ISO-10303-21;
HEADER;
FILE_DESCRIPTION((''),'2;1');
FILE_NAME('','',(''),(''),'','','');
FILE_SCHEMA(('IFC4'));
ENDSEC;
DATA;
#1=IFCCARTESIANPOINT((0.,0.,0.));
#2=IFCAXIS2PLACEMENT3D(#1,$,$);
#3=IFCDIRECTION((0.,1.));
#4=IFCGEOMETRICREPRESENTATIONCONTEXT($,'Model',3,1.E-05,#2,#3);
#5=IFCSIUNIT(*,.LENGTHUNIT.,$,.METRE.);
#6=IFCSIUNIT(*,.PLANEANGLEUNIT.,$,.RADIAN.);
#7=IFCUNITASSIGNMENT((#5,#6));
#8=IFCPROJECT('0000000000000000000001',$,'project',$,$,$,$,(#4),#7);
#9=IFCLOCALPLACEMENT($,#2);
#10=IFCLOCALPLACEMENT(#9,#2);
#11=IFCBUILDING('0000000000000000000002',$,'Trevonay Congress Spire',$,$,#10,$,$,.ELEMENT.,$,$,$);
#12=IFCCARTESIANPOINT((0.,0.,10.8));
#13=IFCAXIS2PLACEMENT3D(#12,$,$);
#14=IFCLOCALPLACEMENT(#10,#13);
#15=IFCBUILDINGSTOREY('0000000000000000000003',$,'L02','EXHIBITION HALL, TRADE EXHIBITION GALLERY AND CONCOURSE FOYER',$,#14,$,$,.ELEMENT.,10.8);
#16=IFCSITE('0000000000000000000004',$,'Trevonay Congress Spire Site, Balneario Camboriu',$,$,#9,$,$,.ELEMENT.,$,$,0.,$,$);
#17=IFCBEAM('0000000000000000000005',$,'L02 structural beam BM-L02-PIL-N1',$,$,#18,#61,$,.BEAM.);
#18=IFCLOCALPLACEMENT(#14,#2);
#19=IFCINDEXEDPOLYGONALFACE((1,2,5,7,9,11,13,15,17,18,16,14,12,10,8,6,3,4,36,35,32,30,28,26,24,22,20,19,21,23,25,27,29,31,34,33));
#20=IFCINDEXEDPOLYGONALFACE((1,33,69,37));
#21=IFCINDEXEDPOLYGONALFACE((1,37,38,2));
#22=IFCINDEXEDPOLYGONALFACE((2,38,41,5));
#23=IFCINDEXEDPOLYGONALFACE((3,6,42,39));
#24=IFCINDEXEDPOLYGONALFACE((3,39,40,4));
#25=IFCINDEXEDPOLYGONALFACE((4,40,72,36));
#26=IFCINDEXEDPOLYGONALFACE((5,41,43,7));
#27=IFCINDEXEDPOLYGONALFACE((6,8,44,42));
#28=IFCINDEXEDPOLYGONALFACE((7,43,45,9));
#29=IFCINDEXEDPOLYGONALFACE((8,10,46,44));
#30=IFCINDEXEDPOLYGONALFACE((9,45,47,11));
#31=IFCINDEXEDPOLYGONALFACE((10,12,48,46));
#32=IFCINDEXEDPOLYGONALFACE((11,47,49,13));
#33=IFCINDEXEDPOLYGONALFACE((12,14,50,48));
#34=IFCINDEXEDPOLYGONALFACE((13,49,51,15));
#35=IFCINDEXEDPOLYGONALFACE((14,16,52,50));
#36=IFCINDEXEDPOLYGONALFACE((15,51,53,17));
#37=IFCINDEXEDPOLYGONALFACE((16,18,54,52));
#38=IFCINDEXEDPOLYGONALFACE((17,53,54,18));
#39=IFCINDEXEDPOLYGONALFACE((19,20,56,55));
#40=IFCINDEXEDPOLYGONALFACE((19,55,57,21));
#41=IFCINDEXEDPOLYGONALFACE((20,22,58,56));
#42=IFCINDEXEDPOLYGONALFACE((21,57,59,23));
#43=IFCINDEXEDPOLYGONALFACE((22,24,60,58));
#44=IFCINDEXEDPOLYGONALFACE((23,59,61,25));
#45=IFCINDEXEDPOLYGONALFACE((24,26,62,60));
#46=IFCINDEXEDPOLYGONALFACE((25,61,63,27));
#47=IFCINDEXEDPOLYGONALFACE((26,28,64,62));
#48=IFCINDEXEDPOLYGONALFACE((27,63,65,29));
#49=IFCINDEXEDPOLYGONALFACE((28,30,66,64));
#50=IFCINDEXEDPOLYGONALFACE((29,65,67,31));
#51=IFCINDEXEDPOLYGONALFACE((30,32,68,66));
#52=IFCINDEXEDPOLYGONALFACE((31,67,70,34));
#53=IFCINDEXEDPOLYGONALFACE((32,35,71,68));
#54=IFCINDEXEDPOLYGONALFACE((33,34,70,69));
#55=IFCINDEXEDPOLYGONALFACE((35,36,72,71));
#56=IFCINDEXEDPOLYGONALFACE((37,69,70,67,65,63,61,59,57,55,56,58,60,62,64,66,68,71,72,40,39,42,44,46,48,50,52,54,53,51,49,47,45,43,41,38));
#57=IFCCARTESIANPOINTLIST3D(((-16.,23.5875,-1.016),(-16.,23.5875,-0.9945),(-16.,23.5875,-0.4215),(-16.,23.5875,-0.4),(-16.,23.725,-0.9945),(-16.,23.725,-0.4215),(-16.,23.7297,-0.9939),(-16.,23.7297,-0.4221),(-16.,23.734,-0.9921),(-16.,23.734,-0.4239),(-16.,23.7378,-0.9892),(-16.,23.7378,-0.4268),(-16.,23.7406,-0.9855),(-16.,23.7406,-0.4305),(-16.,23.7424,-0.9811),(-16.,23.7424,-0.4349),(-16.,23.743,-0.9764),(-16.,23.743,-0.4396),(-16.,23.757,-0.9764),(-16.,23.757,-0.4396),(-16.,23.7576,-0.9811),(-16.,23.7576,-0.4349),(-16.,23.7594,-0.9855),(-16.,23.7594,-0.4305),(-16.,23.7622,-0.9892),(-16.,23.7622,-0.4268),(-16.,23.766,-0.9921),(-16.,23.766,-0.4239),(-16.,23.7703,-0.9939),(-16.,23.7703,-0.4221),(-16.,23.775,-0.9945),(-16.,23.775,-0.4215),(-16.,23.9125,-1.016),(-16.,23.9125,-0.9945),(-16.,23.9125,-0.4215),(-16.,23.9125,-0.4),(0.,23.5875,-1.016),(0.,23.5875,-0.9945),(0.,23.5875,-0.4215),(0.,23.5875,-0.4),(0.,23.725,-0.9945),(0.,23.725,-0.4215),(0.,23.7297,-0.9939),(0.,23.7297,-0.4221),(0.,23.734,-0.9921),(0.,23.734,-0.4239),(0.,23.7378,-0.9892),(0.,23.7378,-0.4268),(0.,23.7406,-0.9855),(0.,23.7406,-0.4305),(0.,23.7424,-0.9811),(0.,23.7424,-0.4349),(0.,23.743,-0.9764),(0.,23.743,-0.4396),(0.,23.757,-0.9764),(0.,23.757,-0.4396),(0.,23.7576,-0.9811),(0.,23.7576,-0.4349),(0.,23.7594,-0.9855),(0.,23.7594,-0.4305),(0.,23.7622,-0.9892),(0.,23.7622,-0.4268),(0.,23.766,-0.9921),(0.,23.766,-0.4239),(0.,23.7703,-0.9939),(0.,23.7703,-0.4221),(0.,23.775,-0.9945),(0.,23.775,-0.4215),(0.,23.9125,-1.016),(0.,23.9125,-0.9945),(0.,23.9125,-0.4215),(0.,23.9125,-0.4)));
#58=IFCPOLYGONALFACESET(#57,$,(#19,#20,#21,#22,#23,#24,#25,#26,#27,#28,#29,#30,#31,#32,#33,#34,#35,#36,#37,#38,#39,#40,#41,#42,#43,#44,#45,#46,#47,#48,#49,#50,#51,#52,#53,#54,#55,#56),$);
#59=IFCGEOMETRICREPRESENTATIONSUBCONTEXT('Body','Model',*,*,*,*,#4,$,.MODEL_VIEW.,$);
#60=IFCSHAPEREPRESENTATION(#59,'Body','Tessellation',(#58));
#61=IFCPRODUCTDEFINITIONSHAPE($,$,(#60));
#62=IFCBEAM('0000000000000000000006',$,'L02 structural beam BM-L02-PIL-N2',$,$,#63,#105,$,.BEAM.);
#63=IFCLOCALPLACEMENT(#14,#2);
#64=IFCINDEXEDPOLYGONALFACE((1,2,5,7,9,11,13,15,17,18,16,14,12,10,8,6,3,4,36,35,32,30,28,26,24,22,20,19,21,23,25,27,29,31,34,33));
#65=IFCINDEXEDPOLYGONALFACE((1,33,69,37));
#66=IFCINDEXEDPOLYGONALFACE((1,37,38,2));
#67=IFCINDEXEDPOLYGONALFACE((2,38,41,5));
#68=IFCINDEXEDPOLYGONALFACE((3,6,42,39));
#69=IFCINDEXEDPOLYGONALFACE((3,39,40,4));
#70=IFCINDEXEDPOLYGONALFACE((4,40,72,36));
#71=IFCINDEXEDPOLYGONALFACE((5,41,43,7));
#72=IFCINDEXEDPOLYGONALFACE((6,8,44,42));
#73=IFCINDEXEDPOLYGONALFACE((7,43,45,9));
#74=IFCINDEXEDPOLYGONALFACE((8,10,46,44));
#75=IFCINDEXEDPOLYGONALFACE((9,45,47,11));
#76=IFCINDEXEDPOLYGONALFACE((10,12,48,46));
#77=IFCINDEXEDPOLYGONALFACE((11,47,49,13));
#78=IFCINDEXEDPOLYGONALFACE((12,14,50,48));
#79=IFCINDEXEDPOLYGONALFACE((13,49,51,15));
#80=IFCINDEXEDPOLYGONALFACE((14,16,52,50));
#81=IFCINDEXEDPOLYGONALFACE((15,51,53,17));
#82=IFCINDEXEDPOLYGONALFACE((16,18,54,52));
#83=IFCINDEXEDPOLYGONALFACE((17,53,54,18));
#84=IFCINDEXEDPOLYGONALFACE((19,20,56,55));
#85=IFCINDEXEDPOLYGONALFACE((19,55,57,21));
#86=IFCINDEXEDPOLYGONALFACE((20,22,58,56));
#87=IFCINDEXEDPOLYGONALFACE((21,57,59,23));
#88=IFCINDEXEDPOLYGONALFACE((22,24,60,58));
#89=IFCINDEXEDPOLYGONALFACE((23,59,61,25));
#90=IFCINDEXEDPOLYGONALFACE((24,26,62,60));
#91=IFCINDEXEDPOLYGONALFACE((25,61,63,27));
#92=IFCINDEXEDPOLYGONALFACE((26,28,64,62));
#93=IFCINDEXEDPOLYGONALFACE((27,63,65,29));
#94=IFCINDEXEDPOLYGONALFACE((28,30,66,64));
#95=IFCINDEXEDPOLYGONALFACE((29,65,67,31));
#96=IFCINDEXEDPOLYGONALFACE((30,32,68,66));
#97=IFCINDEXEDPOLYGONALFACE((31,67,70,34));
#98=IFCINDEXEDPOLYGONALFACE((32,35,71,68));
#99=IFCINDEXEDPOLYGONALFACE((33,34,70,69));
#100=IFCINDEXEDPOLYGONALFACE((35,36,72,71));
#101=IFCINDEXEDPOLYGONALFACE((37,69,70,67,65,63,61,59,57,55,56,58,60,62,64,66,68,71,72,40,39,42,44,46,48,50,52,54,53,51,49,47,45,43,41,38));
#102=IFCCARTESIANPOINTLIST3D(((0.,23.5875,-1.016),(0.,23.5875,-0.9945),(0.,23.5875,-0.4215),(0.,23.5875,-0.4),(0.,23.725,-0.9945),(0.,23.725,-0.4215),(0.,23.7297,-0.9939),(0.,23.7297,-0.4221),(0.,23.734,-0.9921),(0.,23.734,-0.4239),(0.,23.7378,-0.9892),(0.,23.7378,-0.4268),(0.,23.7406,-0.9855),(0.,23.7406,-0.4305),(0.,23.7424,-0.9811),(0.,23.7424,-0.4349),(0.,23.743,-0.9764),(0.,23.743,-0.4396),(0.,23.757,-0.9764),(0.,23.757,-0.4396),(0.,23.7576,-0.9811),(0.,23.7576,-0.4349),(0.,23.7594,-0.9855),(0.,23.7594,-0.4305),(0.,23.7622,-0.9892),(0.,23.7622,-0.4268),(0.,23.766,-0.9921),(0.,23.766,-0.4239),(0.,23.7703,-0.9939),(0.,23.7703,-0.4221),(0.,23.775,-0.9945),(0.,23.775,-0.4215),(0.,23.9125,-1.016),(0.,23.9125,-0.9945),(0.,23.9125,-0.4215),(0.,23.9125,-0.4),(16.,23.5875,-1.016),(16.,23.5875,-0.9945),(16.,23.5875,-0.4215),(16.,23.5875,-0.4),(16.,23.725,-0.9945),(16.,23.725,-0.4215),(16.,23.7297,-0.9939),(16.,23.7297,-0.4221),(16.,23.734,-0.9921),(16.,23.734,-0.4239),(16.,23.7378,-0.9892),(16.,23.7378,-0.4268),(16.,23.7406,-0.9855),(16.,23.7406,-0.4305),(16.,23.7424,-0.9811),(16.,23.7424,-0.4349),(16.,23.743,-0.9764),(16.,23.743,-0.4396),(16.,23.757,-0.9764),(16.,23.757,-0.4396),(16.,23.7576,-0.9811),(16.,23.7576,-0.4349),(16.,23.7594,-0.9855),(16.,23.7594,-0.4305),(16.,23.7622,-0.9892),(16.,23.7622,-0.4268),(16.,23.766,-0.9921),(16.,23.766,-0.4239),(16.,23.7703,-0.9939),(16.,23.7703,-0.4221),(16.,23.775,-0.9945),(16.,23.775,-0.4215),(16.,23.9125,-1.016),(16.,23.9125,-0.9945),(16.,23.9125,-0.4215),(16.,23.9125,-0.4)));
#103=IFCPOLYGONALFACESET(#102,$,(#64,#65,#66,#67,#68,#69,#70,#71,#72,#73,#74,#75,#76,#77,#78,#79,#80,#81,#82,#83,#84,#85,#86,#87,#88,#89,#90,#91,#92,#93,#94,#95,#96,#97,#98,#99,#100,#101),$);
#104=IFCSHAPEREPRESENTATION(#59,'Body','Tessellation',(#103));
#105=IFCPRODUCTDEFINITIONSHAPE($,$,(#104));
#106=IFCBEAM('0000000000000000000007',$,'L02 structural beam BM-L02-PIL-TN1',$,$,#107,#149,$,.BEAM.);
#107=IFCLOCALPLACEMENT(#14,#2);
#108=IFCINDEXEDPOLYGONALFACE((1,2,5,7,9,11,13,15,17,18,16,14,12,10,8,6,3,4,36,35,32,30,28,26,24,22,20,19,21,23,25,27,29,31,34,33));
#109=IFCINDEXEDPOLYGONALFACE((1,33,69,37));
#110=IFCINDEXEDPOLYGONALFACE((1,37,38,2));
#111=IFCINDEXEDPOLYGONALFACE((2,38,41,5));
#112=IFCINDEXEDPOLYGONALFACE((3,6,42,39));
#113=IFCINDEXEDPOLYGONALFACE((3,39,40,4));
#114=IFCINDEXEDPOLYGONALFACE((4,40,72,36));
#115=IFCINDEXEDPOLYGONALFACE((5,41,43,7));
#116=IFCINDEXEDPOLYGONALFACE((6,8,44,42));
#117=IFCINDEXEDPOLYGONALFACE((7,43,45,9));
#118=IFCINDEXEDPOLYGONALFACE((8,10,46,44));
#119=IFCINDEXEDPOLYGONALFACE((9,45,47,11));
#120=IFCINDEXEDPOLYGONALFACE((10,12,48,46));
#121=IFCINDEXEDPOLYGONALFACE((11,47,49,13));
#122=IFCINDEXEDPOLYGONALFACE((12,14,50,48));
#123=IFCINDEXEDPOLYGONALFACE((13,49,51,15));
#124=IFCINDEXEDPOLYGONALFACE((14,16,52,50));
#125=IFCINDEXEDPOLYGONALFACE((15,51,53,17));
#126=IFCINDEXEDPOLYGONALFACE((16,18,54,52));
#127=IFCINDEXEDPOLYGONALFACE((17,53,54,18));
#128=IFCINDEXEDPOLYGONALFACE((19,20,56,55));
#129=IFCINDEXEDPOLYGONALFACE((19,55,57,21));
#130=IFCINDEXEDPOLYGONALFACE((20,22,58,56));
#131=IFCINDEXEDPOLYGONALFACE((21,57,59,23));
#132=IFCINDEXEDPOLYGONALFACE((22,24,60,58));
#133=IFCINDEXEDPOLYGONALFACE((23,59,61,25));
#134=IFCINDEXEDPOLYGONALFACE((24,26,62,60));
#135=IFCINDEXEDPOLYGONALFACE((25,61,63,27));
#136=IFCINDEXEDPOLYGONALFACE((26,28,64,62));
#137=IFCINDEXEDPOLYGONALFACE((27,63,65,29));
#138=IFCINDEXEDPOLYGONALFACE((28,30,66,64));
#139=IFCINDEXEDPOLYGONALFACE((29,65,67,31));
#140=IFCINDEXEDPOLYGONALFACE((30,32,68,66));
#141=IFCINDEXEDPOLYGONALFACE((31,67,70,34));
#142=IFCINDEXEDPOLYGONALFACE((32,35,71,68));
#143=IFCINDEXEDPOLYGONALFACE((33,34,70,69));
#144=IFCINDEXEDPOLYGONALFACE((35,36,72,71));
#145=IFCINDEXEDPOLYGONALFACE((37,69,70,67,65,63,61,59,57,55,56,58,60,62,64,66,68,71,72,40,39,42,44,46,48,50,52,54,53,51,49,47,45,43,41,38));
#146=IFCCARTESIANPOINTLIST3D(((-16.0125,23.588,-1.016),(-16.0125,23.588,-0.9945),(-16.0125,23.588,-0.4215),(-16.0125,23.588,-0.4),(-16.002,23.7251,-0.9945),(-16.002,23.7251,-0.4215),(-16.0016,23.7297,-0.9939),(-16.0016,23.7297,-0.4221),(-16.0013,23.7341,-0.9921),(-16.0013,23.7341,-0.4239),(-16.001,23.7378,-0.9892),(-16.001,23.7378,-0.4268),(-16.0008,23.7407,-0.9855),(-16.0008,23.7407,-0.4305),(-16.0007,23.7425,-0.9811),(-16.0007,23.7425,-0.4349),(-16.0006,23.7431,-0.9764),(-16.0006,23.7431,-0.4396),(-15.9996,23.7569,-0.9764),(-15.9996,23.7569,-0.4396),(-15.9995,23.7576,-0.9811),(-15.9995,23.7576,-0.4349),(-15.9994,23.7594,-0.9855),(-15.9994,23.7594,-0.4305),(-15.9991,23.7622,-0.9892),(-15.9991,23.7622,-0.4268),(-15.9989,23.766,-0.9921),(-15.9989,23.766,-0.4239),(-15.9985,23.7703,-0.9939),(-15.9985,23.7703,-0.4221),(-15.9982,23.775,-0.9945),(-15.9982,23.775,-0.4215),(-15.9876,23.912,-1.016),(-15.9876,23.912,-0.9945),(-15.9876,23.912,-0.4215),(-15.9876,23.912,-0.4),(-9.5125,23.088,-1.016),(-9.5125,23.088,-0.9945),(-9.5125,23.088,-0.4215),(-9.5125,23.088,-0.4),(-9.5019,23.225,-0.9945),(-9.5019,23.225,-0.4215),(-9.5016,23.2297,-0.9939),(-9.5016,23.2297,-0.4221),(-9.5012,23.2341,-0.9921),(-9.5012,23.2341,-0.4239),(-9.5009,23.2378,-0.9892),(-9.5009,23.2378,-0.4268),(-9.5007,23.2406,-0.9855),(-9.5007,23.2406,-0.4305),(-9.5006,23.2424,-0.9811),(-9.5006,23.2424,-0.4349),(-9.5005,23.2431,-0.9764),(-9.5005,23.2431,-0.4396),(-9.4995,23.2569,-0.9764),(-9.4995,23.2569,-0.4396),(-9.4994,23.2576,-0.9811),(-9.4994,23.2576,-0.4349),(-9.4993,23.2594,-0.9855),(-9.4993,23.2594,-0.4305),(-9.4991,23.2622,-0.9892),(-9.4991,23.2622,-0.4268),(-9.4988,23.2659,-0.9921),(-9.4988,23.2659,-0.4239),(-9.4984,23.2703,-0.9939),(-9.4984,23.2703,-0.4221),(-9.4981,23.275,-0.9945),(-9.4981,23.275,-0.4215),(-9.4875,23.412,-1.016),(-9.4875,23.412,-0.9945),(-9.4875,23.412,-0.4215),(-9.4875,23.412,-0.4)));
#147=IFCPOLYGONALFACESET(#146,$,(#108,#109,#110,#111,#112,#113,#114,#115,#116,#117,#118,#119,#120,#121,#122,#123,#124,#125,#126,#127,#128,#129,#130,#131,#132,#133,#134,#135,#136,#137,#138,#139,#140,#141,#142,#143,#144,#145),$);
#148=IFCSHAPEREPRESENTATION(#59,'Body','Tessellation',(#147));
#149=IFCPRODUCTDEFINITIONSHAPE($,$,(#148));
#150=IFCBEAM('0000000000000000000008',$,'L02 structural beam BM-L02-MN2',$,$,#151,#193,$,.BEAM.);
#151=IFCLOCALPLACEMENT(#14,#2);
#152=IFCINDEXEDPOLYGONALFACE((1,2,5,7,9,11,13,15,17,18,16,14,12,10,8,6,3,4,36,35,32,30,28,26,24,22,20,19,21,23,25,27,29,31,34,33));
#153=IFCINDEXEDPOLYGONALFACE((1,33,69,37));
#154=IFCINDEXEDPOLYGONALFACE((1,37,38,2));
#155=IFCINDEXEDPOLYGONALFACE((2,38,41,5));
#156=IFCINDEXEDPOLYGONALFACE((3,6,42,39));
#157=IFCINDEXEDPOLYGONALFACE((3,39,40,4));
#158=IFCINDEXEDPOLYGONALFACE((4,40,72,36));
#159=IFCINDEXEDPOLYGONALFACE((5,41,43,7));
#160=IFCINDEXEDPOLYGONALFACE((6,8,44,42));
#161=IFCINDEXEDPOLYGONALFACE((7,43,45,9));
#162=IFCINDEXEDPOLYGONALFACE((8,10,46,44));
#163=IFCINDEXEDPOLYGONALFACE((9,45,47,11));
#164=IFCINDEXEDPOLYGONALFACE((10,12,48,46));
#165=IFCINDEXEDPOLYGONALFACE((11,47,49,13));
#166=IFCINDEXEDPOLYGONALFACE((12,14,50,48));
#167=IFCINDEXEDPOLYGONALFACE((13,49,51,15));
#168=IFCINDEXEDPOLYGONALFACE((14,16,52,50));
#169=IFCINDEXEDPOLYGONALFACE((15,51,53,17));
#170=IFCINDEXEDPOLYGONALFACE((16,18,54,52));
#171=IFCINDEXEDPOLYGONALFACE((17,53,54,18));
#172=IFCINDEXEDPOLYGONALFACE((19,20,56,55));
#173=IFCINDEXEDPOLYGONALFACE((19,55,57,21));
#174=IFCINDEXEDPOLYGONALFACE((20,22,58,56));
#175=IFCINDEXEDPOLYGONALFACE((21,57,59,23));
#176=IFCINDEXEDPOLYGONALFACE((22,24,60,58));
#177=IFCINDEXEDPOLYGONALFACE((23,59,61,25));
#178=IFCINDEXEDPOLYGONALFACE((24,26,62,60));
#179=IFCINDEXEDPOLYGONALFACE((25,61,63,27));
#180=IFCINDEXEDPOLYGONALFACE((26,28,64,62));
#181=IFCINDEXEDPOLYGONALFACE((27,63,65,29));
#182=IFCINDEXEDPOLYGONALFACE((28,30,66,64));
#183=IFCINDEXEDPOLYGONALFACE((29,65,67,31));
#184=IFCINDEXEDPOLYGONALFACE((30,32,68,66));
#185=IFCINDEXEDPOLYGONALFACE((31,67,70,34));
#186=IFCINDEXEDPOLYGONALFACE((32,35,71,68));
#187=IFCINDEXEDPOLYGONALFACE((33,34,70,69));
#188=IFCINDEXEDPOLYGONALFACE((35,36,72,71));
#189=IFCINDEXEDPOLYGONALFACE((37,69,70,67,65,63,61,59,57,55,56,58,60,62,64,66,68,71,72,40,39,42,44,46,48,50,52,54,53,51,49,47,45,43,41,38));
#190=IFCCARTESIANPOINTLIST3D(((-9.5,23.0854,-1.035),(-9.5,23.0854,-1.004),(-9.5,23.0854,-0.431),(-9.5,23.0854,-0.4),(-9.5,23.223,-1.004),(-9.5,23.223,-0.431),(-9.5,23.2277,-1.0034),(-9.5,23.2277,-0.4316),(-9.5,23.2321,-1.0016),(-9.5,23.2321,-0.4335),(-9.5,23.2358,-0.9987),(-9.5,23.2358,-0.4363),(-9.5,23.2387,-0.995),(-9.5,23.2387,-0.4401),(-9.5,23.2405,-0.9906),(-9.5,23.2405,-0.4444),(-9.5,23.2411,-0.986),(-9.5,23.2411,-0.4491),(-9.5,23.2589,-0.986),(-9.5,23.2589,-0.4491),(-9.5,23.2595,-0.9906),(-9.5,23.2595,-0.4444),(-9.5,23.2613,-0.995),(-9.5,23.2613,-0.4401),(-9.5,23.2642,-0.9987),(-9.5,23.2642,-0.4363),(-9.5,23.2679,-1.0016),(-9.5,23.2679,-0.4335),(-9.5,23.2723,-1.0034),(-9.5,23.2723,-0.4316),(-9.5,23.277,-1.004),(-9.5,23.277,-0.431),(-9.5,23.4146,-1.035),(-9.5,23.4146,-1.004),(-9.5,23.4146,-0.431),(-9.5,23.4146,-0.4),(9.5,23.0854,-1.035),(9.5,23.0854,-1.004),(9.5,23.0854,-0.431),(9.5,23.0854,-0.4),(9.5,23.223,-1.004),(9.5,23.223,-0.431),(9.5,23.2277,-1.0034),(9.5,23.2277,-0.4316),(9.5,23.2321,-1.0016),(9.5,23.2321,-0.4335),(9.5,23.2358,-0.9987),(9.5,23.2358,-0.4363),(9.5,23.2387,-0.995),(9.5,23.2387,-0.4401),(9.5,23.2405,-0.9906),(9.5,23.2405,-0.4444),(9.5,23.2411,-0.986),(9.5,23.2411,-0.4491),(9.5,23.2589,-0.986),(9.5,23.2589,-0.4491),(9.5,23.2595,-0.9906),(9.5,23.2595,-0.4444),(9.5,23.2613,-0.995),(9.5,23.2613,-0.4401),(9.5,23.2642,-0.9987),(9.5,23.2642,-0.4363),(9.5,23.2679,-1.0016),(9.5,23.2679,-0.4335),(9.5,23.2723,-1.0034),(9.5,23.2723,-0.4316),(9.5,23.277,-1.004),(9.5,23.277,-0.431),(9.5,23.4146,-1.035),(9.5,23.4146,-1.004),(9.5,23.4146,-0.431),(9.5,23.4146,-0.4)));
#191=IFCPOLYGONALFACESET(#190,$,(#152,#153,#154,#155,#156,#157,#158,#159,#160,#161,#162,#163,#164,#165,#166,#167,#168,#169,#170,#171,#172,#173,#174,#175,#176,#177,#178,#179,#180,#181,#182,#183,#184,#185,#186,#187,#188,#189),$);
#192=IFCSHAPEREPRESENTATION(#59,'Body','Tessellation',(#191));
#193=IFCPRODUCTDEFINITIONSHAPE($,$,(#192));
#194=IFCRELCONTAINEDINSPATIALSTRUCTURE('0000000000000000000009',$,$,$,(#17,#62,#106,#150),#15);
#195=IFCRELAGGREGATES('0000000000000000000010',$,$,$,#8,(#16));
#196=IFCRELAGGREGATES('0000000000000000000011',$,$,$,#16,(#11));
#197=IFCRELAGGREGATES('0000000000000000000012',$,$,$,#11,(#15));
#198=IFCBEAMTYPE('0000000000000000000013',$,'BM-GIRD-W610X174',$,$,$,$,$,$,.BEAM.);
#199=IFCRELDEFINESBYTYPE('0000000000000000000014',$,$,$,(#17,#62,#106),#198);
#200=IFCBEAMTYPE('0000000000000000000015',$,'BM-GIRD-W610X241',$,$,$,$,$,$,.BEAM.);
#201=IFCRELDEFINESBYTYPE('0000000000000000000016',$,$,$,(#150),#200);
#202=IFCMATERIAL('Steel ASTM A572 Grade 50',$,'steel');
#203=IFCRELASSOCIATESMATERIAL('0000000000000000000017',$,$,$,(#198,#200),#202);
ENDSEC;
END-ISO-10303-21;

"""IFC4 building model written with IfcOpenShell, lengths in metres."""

from ifc_helpers import new_model, si_unit, direction, frame, origin, origin_2d, place, context, subcontext, project, spatial, i_section, extrude, material, material_profile, profile_set, type_object, element, save


model = new_model("IFC4")

# Units and contexts
model_context = context("Model", 3, precision=1e-05, world=origin(), true_north=direction((0.0, 1.0)))
body_context = subcontext(model_context, "Body", "Model", "MODEL_VIEW")
ifc_project = project(units=[si_unit("LENGTHUNIT", "METRE"), si_unit("PLANEANGLEUNIT", "RADIAN")], contexts=[model_context])

# Site, building, storey
site_placement = place(None, origin())
site = spatial("IfcSite", under=ifc_project, at=site_placement, Name="Trevonay Congress Spire Site, Balneario Camboriu", CompositionType="ELEMENT", RefElevation=0.0)
building_placement = place(site_placement, origin())
building = spatial("IfcBuilding", under=site, at=building_placement, Name="Trevonay Congress Spire", CompositionType="ELEMENT")
storey_placement = place(building_placement, frame((0.0, 0.0, 10.8)))
storey = spatial("IfcBuildingStorey", under=building, at=storey_placement, Name="L02", Description="EXHIBITION HALL, TRADE EXHIBITION GALLERY AND CONCOURSE FOYER", CompositionType="ELEMENT", Elevation=10.8)

# Shared definitions
ifc_material_1 = material(Name="Steel ASTM A572 Grade 50", Category="steel")

# Beams
ifc_material_profile_1 = material_profile(ifc_material_1, i_section(OverallWidth=0.325, OverallDepth=0.616, WebThickness=0.0139, FlangeThickness=0.0215, FilletRadius=0.0181, at=origin_2d()), Name="W610x174")
ifc_profile_set_1 = profile_set([ifc_material_profile_1], Name="Steel ASTM A572 Grade 50")
beam_type_1 = type_object("IfcBeamType", Name="BM-GIRD-W610X174", PredefinedType="BEAM", material=ifc_profile_set_1)
for number, where, z_axis, x_axis, name in (
    (1, (-16.0, 23.75, -0.708), (1.0, 0.0, 0.0), (0.0, 1.0, 0.0), "L02 structural beam BM-L02-PIL-N1"),
    (2, (0.0, 23.75, -0.708), (1.0, 0.0, 0.0), (0.0, 1.0, 0.0), "L02 structural beam BM-L02-PIL-N2"),
):
    element("IfcBeam", number, at=place(storey_placement, frame(where, z_axis=z_axis, x_axis=x_axis)), inside=storey, type_object=beam_type_1, Name=name, PredefinedType="BEAM", context=body_context, shape_type="SweptSolid", body=[
        extrude(i_section(OverallWidth=0.325, OverallDepth=0.616, WebThickness=0.0139, FlangeThickness=0.0215, FilletRadius=0.0181, at=origin_2d()), origin(), (0.0, 0.0, 1.0), 16.0),
    ])
beam_1_placement = place(storey_placement, frame((-9.5, 23.25, -0.708), z_axis=(-0.997054, 0.076696, 0.0), x_axis=(-0.076696, -0.997054, 0.0)))
element("IfcBeam", 3, at=beam_1_placement, inside=storey, type_object=beam_type_1, Name="L02 structural beam BM-L02-PIL-TN1", PredefinedType="BEAM", context=body_context, shape_type="SweptSolid", body=[
    extrude(i_section(OverallWidth=0.325, OverallDepth=0.616, WebThickness=0.0139, FlangeThickness=0.0215, FilletRadius=0.0181, at=origin_2d()), origin(), (0.0, 0.0, 1.0), 6.5193),
])
ifc_material_profile_2 = material_profile(ifc_material_1, i_section(OverallWidth=0.3291, OverallDepth=0.635, WebThickness=0.0178, FlangeThickness=0.031, FilletRadius=0.0181, at=origin_2d()), Name="W610x241")
ifc_profile_set_2 = profile_set([ifc_material_profile_2], Name="Steel ASTM A572 Grade 50")
beam_type_2 = type_object("IfcBeamType", Name="BM-GIRD-W610X241", PredefinedType="BEAM", material=ifc_profile_set_2)
beam_2_placement = place(storey_placement, frame((-9.5, 23.25, -0.7175), z_axis=(1.0, 0.0, 0.0), x_axis=(0.0, 1.0, 0.0)))
element("IfcBeam", 4, at=beam_2_placement, inside=storey, type_object=beam_type_2, Name="L02 structural beam BM-L02-MN2", PredefinedType="BEAM", context=body_context, shape_type="SweptSolid", body=[
    extrude(i_section(OverallWidth=0.3291, OverallDepth=0.635, WebThickness=0.0178, FlangeThickness=0.031, FilletRadius=0.0181, at=origin_2d()), origin(), (0.0, 0.0, 1.0), 19.0),
])

save(model, "model.ifc")
